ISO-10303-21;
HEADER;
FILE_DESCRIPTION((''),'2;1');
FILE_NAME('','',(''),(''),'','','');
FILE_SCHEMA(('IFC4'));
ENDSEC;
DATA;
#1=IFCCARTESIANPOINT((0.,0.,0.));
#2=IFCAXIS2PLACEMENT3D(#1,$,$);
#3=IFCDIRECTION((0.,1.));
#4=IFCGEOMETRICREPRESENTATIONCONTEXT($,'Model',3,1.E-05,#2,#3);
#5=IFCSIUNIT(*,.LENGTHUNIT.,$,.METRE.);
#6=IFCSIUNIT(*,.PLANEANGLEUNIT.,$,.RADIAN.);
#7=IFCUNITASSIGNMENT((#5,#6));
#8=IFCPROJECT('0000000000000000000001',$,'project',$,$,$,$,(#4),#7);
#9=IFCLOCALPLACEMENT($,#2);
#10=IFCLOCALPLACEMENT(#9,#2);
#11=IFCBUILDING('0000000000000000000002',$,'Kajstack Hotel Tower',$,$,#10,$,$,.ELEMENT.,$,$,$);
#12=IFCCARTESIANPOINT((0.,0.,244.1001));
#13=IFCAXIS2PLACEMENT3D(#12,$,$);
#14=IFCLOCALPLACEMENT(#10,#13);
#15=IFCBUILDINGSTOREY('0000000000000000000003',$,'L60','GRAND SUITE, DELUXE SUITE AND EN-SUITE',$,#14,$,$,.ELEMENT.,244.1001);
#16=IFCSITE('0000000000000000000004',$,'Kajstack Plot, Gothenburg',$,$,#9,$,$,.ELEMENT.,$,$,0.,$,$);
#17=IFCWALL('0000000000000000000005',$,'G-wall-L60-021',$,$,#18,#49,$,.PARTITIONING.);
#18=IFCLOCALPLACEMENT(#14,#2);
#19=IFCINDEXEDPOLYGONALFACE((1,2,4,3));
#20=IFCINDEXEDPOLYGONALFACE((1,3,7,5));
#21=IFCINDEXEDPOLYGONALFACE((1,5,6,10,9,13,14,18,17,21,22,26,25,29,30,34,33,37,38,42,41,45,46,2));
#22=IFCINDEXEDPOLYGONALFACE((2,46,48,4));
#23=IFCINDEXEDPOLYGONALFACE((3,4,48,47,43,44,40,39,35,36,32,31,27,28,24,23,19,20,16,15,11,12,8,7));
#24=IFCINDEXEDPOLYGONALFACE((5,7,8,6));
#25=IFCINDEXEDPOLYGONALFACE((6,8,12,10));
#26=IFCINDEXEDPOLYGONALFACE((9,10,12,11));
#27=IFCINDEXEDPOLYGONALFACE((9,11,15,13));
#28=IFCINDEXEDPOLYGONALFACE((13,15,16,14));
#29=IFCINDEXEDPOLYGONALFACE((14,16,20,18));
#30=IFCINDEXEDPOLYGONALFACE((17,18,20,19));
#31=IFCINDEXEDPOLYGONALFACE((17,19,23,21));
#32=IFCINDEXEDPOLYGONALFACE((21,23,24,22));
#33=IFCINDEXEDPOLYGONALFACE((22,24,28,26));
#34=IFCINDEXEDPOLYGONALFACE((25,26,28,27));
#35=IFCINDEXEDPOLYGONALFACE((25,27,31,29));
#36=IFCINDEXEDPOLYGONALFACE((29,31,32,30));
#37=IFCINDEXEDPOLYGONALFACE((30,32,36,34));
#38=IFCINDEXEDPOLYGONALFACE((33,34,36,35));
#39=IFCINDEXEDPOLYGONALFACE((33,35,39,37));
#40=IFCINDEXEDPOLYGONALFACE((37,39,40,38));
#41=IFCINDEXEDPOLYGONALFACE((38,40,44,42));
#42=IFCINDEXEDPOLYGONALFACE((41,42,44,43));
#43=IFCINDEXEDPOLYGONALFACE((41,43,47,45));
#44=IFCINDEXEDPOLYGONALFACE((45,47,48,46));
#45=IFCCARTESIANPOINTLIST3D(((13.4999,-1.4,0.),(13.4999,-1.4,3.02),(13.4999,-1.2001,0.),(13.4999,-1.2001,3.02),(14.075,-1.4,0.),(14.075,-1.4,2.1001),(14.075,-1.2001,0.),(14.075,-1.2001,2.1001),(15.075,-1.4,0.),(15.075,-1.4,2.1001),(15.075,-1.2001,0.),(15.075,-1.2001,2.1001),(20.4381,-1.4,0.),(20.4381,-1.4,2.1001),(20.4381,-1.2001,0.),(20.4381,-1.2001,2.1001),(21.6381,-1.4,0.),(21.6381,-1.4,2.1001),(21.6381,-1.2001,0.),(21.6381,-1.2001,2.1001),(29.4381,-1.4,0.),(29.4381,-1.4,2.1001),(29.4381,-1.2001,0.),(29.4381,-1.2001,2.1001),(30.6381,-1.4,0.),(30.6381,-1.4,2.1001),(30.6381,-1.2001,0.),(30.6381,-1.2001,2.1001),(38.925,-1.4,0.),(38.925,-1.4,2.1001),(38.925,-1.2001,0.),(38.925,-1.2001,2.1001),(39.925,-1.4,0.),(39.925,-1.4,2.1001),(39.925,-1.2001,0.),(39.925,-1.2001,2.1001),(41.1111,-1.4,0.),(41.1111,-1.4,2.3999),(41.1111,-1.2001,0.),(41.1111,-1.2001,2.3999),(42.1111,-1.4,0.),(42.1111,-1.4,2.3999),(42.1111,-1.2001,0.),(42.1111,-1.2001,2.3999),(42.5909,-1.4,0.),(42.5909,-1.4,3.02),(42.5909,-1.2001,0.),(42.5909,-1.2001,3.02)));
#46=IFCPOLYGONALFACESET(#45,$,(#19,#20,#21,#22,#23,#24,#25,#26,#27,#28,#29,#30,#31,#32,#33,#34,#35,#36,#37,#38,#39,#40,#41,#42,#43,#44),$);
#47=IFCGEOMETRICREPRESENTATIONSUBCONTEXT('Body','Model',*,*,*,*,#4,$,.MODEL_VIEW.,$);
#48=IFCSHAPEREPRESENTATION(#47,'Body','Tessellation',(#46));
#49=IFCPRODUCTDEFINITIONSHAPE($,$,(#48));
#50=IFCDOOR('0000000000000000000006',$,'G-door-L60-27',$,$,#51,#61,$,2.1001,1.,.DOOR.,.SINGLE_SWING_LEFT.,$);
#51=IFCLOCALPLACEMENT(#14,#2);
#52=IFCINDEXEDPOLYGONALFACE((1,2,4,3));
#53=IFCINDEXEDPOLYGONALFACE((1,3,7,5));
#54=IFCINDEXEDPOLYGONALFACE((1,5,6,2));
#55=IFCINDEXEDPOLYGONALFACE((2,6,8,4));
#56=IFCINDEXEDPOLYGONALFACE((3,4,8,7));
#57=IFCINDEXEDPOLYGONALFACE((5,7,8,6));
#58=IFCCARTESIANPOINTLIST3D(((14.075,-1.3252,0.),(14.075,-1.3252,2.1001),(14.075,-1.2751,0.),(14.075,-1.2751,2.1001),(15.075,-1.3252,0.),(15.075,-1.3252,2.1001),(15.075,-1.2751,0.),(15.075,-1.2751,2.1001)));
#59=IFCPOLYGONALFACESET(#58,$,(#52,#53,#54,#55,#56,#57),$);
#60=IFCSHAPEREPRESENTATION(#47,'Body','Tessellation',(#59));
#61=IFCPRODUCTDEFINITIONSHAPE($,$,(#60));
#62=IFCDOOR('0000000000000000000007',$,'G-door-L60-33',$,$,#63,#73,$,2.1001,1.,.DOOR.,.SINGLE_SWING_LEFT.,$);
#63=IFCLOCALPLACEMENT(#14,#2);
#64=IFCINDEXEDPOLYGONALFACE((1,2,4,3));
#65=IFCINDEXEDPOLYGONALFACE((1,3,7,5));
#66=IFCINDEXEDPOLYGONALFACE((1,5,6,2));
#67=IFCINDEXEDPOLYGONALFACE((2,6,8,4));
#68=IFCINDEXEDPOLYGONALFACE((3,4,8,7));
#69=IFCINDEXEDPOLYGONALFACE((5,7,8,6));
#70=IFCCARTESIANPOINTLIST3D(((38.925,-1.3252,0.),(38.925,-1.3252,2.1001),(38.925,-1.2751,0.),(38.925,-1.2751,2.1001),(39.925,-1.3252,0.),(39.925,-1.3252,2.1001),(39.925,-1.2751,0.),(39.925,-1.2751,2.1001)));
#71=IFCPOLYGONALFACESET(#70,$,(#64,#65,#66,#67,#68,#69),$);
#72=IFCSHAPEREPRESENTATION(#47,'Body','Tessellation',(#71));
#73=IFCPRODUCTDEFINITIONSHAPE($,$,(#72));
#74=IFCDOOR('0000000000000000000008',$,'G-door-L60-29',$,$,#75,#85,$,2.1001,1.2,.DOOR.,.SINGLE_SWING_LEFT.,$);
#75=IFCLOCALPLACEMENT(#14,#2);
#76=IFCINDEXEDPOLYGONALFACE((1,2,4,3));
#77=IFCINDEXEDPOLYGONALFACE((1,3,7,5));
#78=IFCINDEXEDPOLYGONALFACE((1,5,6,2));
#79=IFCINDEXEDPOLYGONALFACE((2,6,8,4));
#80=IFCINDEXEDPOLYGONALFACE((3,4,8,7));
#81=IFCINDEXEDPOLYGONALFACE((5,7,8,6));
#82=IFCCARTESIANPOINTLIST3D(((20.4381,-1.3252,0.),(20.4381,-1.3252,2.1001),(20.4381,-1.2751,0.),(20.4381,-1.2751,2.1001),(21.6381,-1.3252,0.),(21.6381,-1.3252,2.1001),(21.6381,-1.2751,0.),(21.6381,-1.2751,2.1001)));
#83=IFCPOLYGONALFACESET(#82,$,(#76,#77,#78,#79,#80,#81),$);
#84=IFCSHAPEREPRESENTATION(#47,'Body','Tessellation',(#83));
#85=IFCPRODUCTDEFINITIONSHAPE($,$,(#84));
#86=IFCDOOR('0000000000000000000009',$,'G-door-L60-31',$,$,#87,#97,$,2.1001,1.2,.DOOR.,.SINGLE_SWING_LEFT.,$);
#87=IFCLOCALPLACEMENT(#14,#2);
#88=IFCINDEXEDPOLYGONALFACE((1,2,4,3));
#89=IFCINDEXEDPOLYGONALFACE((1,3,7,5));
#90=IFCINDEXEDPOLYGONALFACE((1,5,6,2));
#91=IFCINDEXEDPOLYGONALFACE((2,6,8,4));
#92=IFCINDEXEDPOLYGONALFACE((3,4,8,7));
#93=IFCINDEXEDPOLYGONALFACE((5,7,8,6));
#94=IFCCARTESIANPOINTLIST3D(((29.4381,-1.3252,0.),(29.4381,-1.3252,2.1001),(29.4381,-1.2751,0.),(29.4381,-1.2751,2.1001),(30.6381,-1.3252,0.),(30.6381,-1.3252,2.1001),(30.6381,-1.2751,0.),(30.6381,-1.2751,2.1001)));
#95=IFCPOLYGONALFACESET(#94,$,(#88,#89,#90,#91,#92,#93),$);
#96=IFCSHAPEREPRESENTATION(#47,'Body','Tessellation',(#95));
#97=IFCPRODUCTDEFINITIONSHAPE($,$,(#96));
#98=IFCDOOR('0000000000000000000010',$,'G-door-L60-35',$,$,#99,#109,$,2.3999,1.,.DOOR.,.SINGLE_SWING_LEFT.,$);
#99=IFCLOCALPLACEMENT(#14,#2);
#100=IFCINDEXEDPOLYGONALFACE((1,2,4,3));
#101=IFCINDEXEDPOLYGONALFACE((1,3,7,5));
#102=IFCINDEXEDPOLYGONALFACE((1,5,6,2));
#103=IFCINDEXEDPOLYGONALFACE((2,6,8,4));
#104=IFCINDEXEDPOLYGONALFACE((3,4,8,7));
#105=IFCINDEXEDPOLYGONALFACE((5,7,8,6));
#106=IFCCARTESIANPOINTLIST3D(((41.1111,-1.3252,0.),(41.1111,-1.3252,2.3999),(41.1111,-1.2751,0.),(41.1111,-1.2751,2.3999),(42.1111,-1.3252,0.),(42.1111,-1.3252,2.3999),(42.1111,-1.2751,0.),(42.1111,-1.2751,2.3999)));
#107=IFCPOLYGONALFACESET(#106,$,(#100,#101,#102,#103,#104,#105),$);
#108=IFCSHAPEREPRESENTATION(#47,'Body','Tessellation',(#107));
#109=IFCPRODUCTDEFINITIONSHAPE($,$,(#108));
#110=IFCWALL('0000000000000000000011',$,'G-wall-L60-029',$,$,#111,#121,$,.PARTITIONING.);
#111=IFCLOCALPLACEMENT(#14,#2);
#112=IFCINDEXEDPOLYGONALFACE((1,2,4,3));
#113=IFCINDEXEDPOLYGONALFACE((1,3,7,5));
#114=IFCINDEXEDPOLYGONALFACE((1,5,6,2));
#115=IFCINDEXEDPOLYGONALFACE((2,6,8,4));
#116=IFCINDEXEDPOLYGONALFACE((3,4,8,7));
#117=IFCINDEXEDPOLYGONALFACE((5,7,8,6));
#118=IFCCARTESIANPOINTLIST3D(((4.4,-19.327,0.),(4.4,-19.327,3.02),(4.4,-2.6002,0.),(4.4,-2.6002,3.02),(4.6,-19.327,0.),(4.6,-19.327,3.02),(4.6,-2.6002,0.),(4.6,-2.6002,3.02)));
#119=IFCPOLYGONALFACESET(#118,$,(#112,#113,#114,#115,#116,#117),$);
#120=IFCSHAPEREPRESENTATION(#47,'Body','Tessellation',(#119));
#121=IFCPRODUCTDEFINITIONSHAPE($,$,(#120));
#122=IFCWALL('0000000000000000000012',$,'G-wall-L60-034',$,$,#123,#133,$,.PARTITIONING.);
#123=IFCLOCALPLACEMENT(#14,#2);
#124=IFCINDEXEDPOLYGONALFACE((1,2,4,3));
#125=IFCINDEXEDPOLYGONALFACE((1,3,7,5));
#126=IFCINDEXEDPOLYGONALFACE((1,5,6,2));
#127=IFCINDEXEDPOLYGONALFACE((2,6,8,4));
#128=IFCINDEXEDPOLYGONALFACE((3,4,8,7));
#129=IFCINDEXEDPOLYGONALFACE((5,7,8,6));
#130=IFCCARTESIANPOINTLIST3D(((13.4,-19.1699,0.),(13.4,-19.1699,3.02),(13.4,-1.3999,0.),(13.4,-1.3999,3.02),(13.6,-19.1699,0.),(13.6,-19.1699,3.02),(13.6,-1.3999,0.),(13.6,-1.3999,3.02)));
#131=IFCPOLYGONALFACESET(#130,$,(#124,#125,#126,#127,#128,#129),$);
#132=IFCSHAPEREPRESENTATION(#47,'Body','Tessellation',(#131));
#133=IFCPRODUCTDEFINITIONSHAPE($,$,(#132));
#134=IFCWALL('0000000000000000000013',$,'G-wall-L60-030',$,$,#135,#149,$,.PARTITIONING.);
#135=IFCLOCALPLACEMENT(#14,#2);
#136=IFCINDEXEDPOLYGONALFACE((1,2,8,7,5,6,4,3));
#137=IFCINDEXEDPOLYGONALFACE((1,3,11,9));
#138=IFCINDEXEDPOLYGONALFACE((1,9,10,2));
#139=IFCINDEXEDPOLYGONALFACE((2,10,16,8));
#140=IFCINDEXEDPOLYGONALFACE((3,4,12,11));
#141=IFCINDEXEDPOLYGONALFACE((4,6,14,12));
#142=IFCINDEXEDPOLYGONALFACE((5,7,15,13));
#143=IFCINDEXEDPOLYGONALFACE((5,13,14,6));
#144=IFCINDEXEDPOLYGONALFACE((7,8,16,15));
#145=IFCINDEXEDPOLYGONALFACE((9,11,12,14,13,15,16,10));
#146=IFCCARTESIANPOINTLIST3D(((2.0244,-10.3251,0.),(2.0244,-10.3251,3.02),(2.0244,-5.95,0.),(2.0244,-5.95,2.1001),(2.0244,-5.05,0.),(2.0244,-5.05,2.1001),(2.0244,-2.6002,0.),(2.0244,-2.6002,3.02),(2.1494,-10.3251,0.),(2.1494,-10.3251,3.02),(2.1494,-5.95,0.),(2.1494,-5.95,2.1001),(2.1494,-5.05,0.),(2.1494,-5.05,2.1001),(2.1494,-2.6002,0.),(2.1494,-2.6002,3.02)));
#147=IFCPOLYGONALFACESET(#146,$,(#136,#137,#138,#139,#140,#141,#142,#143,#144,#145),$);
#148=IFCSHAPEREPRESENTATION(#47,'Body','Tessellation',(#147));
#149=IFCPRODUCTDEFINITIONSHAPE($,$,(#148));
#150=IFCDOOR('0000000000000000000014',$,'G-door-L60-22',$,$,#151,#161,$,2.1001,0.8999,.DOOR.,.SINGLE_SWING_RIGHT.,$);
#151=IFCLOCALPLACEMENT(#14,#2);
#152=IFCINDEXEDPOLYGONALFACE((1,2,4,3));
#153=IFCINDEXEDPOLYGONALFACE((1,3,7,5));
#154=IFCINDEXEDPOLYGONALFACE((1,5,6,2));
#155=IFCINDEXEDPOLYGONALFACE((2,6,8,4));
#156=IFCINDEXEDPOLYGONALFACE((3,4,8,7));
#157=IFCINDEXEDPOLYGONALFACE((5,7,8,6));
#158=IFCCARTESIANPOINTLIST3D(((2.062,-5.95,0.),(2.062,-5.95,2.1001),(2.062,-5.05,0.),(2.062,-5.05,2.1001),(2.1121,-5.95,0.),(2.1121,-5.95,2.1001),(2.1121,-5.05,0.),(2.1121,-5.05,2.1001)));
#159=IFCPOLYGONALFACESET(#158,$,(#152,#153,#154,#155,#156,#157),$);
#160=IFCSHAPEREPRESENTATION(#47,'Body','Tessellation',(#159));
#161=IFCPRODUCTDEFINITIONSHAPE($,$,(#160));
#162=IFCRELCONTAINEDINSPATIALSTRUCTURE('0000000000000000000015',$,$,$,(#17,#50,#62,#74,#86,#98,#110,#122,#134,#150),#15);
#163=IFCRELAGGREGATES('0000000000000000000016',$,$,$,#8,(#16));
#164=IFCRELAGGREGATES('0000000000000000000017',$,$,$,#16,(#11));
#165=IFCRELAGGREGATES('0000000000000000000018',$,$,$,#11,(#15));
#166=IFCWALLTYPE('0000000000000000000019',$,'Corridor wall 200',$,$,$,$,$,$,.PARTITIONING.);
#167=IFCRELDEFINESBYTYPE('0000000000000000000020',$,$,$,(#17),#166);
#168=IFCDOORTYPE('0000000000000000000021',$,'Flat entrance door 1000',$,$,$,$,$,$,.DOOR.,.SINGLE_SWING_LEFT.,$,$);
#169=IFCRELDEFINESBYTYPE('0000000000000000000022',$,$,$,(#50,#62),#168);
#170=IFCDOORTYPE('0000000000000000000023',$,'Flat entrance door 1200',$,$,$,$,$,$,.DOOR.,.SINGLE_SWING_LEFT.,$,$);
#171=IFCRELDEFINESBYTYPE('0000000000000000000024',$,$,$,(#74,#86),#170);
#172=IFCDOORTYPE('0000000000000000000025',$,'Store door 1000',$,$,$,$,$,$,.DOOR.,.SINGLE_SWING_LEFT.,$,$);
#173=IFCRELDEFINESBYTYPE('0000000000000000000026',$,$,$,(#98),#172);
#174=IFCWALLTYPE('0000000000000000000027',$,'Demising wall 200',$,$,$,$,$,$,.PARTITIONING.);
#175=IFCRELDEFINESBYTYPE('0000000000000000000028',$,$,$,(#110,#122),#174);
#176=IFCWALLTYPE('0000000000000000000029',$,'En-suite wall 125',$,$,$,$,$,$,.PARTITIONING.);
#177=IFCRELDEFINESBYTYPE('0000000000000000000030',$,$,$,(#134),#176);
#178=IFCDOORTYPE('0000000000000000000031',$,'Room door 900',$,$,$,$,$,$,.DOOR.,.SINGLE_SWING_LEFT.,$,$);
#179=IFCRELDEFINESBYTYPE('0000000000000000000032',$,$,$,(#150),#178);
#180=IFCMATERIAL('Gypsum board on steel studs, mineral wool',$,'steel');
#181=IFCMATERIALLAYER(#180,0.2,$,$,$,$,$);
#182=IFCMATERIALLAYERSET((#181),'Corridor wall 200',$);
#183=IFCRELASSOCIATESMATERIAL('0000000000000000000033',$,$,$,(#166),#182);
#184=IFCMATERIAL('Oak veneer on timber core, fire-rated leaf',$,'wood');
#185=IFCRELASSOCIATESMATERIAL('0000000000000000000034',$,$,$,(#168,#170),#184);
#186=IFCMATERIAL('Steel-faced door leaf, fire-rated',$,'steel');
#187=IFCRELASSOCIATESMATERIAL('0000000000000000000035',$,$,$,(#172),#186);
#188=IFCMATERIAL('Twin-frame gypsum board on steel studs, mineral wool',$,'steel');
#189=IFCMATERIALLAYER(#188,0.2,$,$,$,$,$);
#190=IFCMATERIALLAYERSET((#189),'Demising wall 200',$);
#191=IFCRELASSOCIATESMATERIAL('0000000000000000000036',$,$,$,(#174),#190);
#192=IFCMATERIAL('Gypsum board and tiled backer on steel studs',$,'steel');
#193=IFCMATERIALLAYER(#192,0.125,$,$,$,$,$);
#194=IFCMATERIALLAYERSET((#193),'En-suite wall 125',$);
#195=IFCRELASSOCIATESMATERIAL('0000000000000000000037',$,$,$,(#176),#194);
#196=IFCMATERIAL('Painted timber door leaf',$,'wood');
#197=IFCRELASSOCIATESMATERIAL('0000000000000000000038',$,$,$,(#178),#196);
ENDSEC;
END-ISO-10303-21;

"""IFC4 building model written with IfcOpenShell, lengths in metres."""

from ifc_helpers import new_model, si_unit, direction, frame, frame_2d, origin, place, context, subcontext, project, spatial, rectangle, extrude, material, layer, layer_set, type_object, element, fill, save


model = new_model("IFC4")

# Units and contexts
model_context = context("Model", 3, precision=1e-05, world=origin(), true_north=direction((0.0, 1.0)))
body_context = subcontext(model_context, "Body", "Model", "MODEL_VIEW")
ifc_project = project(units=[si_unit("LENGTHUNIT", "METRE"), si_unit("PLANEANGLEUNIT", "RADIAN")], contexts=[model_context])

# Site, building, storey
site_placement = place(None, origin())
site = spatial("IfcSite", under=ifc_project, at=site_placement, Name="Kajstack Plot, Gothenburg", CompositionType="ELEMENT", RefElevation=0.0)
building_placement = place(site_placement, origin())
building = spatial("IfcBuilding", under=site, at=building_placement, Name="Kajstack Hotel Tower", CompositionType="ELEMENT")
storey_placement = place(building_placement, frame((0.0, 0.0, 244.1001)))
storey = spatial("IfcBuildingStorey", under=building, at=storey_placement, Name="L60", Description="GRAND SUITE, DELUXE SUITE AND EN-SUITE", CompositionType="ELEMENT", Elevation=244.1001)

# Wall, openings, doors
ifc_material_1 = material(Name="Gypsum board on steel studs, mineral wool", Category="steel")
ifc_layer_1 = layer(ifc_material_1, 0.2)
ifc_layer_set_1 = layer_set([ifc_layer_1], Name="Corridor wall 200")
wall_type_1 = type_object("IfcWallType", Name="Corridor wall 200", PredefinedType="PARTITIONING", material=ifc_layer_set_1)
wall_1_placement = place(storey_placement, frame((13.5, -1.3, 0.0), z_axis=(0.0, 0.0, 1.0), x_axis=(1.0, 0.0, 0.0)))
wall_1 = element("IfcWall", 1, at=wall_1_placement, inside=storey, type_object=wall_type_1, Name="G-wall-L60-021", PredefinedType="PARTITIONING", context=body_context, shape_type="SweptSolid", body=[
    extrude(rectangle(XDim=29.0911, YDim=0.2, at=frame_2d((14.5454, 0.0))), origin(), (0.0, 0.0, 1.0), 3.02),
])
opening_1_placement = place(wall_1_placement, frame((0.575, 0.0, 0.0)))
opening_1 = element("IfcOpeningElement", 2, at=opening_1_placement, cuts=wall_1, PredefinedType="OPENING", context=body_context, shape_type="SweptSolid", body=[
    extrude(rectangle(XDim=1.0, YDim=2.1001, at=frame_2d((0.5, 1.05))), frame((0.0, 0.1099, 0.0), z_axis=(0.0, -1.0, 0.0), x_axis=(1.0, 0.0, 0.0)), (0.0, 0.0, 1.0), 0.22),
])
opening_2_placement = place(wall_1_placement, frame((6.938, 0.0, 0.0)))
opening_2 = element("IfcOpeningElement", 3, at=opening_2_placement, cuts=wall_1, PredefinedType="OPENING", context=body_context, shape_type="SweptSolid", body=[
    extrude(rectangle(XDim=1.2, YDim=2.1001, at=frame_2d((0.6001, 1.05))), frame((0.0, 0.1099, 0.0), z_axis=(0.0, -1.0, 0.0), x_axis=(1.0, 0.0, 0.0)), (0.0, 0.0, 1.0), 0.22),
])
opening_3_placement = place(wall_1_placement, frame((15.938, 0.0, 0.0)))
opening_3 = element("IfcOpeningElement", 4, at=opening_3_placement, cuts=wall_1, PredefinedType="OPENING", context=body_context, shape_type="SweptSolid", body=[
    extrude(rectangle(XDim=1.2, YDim=2.1001, at=frame_2d((0.6001, 1.05))), frame((0.0, 0.1099, 0.0), z_axis=(0.0, -1.0, 0.0), x_axis=(1.0, 0.0, 0.0)), (0.0, 0.0, 1.0), 0.22),
])
opening_4_placement = place(wall_1_placement, frame((25.425, 0.0, 0.0)))
opening_4 = element("IfcOpeningElement", 5, at=opening_4_placement, cuts=wall_1, PredefinedType="OPENING", context=body_context, shape_type="SweptSolid", body=[
    extrude(rectangle(XDim=1.0, YDim=2.1001, at=frame_2d((0.5, 1.05))), frame((0.0, 0.1099, 0.0), z_axis=(0.0, -1.0, 0.0), x_axis=(1.0, 0.0, 0.0)), (0.0, 0.0, 1.0), 0.22),
])
opening_5_placement = place(wall_1_placement, frame((27.6111, 0.0, 0.0)))
opening_5 = element("IfcOpeningElement", 6, at=opening_5_placement, cuts=wall_1, PredefinedType="OPENING", context=body_context, shape_type="SweptSolid", body=[
    extrude(rectangle(XDim=1.0, YDim=2.3999, at=frame_2d((0.5, 1.2))), frame((0.0, 0.1099, 0.0), z_axis=(0.0, -1.0, 0.0), x_axis=(1.0, 0.0, 0.0)), (0.0, 0.0, 1.0), 0.22),
])
ifc_material_2 = material(Name="Oak veneer on timber core, fire-rated leaf", Category="wood")
door_type_1 = type_object("IfcDoorType", Name="Flat entrance door 1000", OperationType="SINGLE_SWING_LEFT", PredefinedType="DOOR", material=ifc_material_2)
door_1_placement = place(opening_1_placement, origin())
door_1 = element("IfcDoor", 7, at=door_1_placement, inside=storey, type_object=door_type_1, Name="G-door-L60-27", OperationType="SINGLE_SWING_LEFT", OverallHeight=2.1001, OverallWidth=1.0, PredefinedType="DOOR", context=body_context, shape_type="SweptSolid", body=[
    extrude(rectangle(XDim=1.0, YDim=2.1001, at=frame_2d((0.5, 1.05))), frame((0.0, 0.0249, 0.0), z_axis=(0.0, -1.0, 0.0), x_axis=(1.0, 0.0, 0.0)), (0.0, 0.0, 1.0), 0.05),
])
fill(opening_1, door_1)
door_2_placement = place(opening_4_placement, origin())
door_2 = element("IfcDoor", 8, at=door_2_placement, inside=storey, type_object=door_type_1, Name="G-door-L60-33", OperationType="SINGLE_SWING_LEFT", OverallHeight=2.1001, OverallWidth=1.0, PredefinedType="DOOR", context=body_context, shape_type="SweptSolid", body=[
    extrude(rectangle(XDim=1.0, YDim=2.1001, at=frame_2d((0.5, 1.05))), frame((0.0, 0.0249, 0.0), z_axis=(0.0, -1.0, 0.0), x_axis=(1.0, 0.0, 0.0)), (0.0, 0.0, 1.0), 0.05),
])
fill(opening_4, door_2)
door_type_2 = type_object("IfcDoorType", Name="Flat entrance door 1200", OperationType="SINGLE_SWING_LEFT", PredefinedType="DOOR", material=ifc_material_2)
door_3_placement = place(opening_2_placement, origin())
door_3 = element("IfcDoor", 9, at=door_3_placement, inside=storey, type_object=door_type_2, Name="G-door-L60-29", OperationType="SINGLE_SWING_LEFT", OverallHeight=2.1001, OverallWidth=1.2, PredefinedType="DOOR", context=body_context, shape_type="SweptSolid", body=[
    extrude(rectangle(XDim=1.2, YDim=2.1001, at=frame_2d((0.6001, 1.05))), frame((0.0, 0.0249, 0.0), z_axis=(0.0, -1.0, 0.0), x_axis=(1.0, 0.0, 0.0)), (0.0, 0.0, 1.0), 0.05),
])
fill(opening_2, door_3)
door_4_placement = place(opening_3_placement, origin())
door_4 = element("IfcDoor", 10, at=door_4_placement, inside=storey, type_object=door_type_2, Name="G-door-L60-31", OperationType="SINGLE_SWING_LEFT", OverallHeight=2.1001, OverallWidth=1.2, PredefinedType="DOOR", context=body_context, shape_type="SweptSolid", body=[
    extrude(rectangle(XDim=1.2, YDim=2.1001, at=frame_2d((0.6001, 1.05))), frame((0.0, 0.0249, 0.0), z_axis=(0.0, -1.0, 0.0), x_axis=(1.0, 0.0, 0.0)), (0.0, 0.0, 1.0), 0.05),
])
fill(opening_3, door_4)
ifc_material_3 = material(Name="Steel-faced door leaf, fire-rated", Category="steel")
door_type_3 = type_object("IfcDoorType", Name="Store door 1000", OperationType="SINGLE_SWING_LEFT", PredefinedType="DOOR", material=ifc_material_3)
door_5_placement = place(opening_5_placement, origin())
door_5 = element("IfcDoor", 11, at=door_5_placement, inside=storey, type_object=door_type_3, Name="G-door-L60-35", OperationType="SINGLE_SWING_LEFT", OverallHeight=2.3999, OverallWidth=1.0, PredefinedType="DOOR", context=body_context, shape_type="SweptSolid", body=[
    extrude(rectangle(XDim=1.0, YDim=2.3999, at=frame_2d((0.5, 1.2))), frame((0.0, 0.0249, 0.0), z_axis=(0.0, -1.0, 0.0), x_axis=(1.0, 0.0, 0.0)), (0.0, 0.0, 1.0), 0.05),
])
fill(opening_5, door_5)

# Walls
ifc_material_4 = material(Name="Twin-frame gypsum board on steel studs, mineral wool", Category="steel")
ifc_layer_2 = layer(ifc_material_4, 0.2)
ifc_layer_set_2 = layer_set([ifc_layer_2], Name="Demising wall 200")
wall_type_2 = type_object("IfcWallType", Name="Demising wall 200", PredefinedType="PARTITIONING", material=ifc_layer_set_2)
wall_2_placement = place(storey_placement, frame((4.5, -19.3269, 0.0), z_axis=(0.0, 0.0, 1.0), x_axis=(0.0, 1.0, 0.0)))
element("IfcWall", 12, at=wall_2_placement, inside=storey, type_object=wall_type_2, Name="G-wall-L60-029", PredefinedType="PARTITIONING", context=body_context, shape_type="SweptSolid", body=[
    extrude(rectangle(XDim=16.7268, YDim=0.2, at=frame_2d((8.3633, 0.0))), origin(), (0.0, 0.0, 1.0), 3.02),
])
wall_3_placement = place(storey_placement, frame((13.5, -19.1699, 0.0), z_axis=(0.0, 0.0, 1.0), x_axis=(0.0, 1.0, 0.0)))
element("IfcWall", 13, at=wall_3_placement, inside=storey, type_object=wall_type_2, Name="G-wall-L60-034", PredefinedType="PARTITIONING", context=body_context, shape_type="SweptSolid", body=[
    extrude(rectangle(XDim=17.77, YDim=0.2, at=frame_2d((8.885, 0.0))), origin(), (0.0, 0.0, 1.0), 3.02),
])

# Wall, opening, door
ifc_material_5 = material(Name="Gypsum board and tiled backer on steel studs", Category="steel")
ifc_layer_3 = layer(ifc_material_5, 0.125)
ifc_layer_set_3 = layer_set([ifc_layer_3], Name="En-suite wall 125")
wall_type_3 = type_object("IfcWallType", Name="En-suite wall 125", PredefinedType="PARTITIONING", material=ifc_layer_set_3)
wall_4_placement = place(storey_placement, frame((2.0869, -10.325, 0.0), z_axis=(0.0, 0.0, 1.0), x_axis=(0.0, 1.0, 0.0)))
wall_4 = element("IfcWall", 14, at=wall_4_placement, inside=storey, type_object=wall_type_3, Name="G-wall-L60-030", PredefinedType="PARTITIONING", context=body_context, shape_type="SweptSolid", body=[
    extrude(rectangle(XDim=7.7249, YDim=0.125, at=frame_2d((3.8623, 0.0))), origin(), (0.0, 0.0, 1.0), 3.02),
])
opening_6_placement = place(wall_4_placement, frame((4.375, 0.0, 0.0)))
opening_6 = element("IfcOpeningElement", 15, at=opening_6_placement, cuts=wall_4, PredefinedType="OPENING", context=body_context, shape_type="SweptSolid", body=[
    extrude(rectangle(XDim=0.8999, YDim=2.1001, at=frame_2d((0.45, 1.05))), frame((0.0, 0.0725, 0.0), z_axis=(0.0, -1.0, 0.0), x_axis=(1.0, 0.0, 0.0)), (0.0, 0.0, 1.0), 0.145),
])
ifc_material_6 = material(Name="Painted timber door leaf", Category="wood")
door_type_4 = type_object("IfcDoorType", Name="Room door 900", OperationType="SINGLE_SWING_LEFT", PredefinedType="DOOR", material=ifc_material_6)
door_6_placement = place(opening_6_placement, origin())
door_6 = element("IfcDoor", 16, at=door_6_placement, inside=storey, type_object=door_type_4, Name="G-door-L60-22", OperationType="SINGLE_SWING_RIGHT", OverallHeight=2.1001, OverallWidth=0.8999, PredefinedType="DOOR", context=body_context, shape_type="SweptSolid", body=[
    extrude(rectangle(XDim=0.8999, YDim=2.1001, at=frame_2d((0.45, 1.05))), frame((0.0, 0.0249, 0.0), z_axis=(0.0, -1.0, 0.0), x_axis=(1.0, 0.0, 0.0)), (0.0, 0.0, 1.0), 0.05),
])
fill(opening_6, door_6)

save(model, "model.ifc")
